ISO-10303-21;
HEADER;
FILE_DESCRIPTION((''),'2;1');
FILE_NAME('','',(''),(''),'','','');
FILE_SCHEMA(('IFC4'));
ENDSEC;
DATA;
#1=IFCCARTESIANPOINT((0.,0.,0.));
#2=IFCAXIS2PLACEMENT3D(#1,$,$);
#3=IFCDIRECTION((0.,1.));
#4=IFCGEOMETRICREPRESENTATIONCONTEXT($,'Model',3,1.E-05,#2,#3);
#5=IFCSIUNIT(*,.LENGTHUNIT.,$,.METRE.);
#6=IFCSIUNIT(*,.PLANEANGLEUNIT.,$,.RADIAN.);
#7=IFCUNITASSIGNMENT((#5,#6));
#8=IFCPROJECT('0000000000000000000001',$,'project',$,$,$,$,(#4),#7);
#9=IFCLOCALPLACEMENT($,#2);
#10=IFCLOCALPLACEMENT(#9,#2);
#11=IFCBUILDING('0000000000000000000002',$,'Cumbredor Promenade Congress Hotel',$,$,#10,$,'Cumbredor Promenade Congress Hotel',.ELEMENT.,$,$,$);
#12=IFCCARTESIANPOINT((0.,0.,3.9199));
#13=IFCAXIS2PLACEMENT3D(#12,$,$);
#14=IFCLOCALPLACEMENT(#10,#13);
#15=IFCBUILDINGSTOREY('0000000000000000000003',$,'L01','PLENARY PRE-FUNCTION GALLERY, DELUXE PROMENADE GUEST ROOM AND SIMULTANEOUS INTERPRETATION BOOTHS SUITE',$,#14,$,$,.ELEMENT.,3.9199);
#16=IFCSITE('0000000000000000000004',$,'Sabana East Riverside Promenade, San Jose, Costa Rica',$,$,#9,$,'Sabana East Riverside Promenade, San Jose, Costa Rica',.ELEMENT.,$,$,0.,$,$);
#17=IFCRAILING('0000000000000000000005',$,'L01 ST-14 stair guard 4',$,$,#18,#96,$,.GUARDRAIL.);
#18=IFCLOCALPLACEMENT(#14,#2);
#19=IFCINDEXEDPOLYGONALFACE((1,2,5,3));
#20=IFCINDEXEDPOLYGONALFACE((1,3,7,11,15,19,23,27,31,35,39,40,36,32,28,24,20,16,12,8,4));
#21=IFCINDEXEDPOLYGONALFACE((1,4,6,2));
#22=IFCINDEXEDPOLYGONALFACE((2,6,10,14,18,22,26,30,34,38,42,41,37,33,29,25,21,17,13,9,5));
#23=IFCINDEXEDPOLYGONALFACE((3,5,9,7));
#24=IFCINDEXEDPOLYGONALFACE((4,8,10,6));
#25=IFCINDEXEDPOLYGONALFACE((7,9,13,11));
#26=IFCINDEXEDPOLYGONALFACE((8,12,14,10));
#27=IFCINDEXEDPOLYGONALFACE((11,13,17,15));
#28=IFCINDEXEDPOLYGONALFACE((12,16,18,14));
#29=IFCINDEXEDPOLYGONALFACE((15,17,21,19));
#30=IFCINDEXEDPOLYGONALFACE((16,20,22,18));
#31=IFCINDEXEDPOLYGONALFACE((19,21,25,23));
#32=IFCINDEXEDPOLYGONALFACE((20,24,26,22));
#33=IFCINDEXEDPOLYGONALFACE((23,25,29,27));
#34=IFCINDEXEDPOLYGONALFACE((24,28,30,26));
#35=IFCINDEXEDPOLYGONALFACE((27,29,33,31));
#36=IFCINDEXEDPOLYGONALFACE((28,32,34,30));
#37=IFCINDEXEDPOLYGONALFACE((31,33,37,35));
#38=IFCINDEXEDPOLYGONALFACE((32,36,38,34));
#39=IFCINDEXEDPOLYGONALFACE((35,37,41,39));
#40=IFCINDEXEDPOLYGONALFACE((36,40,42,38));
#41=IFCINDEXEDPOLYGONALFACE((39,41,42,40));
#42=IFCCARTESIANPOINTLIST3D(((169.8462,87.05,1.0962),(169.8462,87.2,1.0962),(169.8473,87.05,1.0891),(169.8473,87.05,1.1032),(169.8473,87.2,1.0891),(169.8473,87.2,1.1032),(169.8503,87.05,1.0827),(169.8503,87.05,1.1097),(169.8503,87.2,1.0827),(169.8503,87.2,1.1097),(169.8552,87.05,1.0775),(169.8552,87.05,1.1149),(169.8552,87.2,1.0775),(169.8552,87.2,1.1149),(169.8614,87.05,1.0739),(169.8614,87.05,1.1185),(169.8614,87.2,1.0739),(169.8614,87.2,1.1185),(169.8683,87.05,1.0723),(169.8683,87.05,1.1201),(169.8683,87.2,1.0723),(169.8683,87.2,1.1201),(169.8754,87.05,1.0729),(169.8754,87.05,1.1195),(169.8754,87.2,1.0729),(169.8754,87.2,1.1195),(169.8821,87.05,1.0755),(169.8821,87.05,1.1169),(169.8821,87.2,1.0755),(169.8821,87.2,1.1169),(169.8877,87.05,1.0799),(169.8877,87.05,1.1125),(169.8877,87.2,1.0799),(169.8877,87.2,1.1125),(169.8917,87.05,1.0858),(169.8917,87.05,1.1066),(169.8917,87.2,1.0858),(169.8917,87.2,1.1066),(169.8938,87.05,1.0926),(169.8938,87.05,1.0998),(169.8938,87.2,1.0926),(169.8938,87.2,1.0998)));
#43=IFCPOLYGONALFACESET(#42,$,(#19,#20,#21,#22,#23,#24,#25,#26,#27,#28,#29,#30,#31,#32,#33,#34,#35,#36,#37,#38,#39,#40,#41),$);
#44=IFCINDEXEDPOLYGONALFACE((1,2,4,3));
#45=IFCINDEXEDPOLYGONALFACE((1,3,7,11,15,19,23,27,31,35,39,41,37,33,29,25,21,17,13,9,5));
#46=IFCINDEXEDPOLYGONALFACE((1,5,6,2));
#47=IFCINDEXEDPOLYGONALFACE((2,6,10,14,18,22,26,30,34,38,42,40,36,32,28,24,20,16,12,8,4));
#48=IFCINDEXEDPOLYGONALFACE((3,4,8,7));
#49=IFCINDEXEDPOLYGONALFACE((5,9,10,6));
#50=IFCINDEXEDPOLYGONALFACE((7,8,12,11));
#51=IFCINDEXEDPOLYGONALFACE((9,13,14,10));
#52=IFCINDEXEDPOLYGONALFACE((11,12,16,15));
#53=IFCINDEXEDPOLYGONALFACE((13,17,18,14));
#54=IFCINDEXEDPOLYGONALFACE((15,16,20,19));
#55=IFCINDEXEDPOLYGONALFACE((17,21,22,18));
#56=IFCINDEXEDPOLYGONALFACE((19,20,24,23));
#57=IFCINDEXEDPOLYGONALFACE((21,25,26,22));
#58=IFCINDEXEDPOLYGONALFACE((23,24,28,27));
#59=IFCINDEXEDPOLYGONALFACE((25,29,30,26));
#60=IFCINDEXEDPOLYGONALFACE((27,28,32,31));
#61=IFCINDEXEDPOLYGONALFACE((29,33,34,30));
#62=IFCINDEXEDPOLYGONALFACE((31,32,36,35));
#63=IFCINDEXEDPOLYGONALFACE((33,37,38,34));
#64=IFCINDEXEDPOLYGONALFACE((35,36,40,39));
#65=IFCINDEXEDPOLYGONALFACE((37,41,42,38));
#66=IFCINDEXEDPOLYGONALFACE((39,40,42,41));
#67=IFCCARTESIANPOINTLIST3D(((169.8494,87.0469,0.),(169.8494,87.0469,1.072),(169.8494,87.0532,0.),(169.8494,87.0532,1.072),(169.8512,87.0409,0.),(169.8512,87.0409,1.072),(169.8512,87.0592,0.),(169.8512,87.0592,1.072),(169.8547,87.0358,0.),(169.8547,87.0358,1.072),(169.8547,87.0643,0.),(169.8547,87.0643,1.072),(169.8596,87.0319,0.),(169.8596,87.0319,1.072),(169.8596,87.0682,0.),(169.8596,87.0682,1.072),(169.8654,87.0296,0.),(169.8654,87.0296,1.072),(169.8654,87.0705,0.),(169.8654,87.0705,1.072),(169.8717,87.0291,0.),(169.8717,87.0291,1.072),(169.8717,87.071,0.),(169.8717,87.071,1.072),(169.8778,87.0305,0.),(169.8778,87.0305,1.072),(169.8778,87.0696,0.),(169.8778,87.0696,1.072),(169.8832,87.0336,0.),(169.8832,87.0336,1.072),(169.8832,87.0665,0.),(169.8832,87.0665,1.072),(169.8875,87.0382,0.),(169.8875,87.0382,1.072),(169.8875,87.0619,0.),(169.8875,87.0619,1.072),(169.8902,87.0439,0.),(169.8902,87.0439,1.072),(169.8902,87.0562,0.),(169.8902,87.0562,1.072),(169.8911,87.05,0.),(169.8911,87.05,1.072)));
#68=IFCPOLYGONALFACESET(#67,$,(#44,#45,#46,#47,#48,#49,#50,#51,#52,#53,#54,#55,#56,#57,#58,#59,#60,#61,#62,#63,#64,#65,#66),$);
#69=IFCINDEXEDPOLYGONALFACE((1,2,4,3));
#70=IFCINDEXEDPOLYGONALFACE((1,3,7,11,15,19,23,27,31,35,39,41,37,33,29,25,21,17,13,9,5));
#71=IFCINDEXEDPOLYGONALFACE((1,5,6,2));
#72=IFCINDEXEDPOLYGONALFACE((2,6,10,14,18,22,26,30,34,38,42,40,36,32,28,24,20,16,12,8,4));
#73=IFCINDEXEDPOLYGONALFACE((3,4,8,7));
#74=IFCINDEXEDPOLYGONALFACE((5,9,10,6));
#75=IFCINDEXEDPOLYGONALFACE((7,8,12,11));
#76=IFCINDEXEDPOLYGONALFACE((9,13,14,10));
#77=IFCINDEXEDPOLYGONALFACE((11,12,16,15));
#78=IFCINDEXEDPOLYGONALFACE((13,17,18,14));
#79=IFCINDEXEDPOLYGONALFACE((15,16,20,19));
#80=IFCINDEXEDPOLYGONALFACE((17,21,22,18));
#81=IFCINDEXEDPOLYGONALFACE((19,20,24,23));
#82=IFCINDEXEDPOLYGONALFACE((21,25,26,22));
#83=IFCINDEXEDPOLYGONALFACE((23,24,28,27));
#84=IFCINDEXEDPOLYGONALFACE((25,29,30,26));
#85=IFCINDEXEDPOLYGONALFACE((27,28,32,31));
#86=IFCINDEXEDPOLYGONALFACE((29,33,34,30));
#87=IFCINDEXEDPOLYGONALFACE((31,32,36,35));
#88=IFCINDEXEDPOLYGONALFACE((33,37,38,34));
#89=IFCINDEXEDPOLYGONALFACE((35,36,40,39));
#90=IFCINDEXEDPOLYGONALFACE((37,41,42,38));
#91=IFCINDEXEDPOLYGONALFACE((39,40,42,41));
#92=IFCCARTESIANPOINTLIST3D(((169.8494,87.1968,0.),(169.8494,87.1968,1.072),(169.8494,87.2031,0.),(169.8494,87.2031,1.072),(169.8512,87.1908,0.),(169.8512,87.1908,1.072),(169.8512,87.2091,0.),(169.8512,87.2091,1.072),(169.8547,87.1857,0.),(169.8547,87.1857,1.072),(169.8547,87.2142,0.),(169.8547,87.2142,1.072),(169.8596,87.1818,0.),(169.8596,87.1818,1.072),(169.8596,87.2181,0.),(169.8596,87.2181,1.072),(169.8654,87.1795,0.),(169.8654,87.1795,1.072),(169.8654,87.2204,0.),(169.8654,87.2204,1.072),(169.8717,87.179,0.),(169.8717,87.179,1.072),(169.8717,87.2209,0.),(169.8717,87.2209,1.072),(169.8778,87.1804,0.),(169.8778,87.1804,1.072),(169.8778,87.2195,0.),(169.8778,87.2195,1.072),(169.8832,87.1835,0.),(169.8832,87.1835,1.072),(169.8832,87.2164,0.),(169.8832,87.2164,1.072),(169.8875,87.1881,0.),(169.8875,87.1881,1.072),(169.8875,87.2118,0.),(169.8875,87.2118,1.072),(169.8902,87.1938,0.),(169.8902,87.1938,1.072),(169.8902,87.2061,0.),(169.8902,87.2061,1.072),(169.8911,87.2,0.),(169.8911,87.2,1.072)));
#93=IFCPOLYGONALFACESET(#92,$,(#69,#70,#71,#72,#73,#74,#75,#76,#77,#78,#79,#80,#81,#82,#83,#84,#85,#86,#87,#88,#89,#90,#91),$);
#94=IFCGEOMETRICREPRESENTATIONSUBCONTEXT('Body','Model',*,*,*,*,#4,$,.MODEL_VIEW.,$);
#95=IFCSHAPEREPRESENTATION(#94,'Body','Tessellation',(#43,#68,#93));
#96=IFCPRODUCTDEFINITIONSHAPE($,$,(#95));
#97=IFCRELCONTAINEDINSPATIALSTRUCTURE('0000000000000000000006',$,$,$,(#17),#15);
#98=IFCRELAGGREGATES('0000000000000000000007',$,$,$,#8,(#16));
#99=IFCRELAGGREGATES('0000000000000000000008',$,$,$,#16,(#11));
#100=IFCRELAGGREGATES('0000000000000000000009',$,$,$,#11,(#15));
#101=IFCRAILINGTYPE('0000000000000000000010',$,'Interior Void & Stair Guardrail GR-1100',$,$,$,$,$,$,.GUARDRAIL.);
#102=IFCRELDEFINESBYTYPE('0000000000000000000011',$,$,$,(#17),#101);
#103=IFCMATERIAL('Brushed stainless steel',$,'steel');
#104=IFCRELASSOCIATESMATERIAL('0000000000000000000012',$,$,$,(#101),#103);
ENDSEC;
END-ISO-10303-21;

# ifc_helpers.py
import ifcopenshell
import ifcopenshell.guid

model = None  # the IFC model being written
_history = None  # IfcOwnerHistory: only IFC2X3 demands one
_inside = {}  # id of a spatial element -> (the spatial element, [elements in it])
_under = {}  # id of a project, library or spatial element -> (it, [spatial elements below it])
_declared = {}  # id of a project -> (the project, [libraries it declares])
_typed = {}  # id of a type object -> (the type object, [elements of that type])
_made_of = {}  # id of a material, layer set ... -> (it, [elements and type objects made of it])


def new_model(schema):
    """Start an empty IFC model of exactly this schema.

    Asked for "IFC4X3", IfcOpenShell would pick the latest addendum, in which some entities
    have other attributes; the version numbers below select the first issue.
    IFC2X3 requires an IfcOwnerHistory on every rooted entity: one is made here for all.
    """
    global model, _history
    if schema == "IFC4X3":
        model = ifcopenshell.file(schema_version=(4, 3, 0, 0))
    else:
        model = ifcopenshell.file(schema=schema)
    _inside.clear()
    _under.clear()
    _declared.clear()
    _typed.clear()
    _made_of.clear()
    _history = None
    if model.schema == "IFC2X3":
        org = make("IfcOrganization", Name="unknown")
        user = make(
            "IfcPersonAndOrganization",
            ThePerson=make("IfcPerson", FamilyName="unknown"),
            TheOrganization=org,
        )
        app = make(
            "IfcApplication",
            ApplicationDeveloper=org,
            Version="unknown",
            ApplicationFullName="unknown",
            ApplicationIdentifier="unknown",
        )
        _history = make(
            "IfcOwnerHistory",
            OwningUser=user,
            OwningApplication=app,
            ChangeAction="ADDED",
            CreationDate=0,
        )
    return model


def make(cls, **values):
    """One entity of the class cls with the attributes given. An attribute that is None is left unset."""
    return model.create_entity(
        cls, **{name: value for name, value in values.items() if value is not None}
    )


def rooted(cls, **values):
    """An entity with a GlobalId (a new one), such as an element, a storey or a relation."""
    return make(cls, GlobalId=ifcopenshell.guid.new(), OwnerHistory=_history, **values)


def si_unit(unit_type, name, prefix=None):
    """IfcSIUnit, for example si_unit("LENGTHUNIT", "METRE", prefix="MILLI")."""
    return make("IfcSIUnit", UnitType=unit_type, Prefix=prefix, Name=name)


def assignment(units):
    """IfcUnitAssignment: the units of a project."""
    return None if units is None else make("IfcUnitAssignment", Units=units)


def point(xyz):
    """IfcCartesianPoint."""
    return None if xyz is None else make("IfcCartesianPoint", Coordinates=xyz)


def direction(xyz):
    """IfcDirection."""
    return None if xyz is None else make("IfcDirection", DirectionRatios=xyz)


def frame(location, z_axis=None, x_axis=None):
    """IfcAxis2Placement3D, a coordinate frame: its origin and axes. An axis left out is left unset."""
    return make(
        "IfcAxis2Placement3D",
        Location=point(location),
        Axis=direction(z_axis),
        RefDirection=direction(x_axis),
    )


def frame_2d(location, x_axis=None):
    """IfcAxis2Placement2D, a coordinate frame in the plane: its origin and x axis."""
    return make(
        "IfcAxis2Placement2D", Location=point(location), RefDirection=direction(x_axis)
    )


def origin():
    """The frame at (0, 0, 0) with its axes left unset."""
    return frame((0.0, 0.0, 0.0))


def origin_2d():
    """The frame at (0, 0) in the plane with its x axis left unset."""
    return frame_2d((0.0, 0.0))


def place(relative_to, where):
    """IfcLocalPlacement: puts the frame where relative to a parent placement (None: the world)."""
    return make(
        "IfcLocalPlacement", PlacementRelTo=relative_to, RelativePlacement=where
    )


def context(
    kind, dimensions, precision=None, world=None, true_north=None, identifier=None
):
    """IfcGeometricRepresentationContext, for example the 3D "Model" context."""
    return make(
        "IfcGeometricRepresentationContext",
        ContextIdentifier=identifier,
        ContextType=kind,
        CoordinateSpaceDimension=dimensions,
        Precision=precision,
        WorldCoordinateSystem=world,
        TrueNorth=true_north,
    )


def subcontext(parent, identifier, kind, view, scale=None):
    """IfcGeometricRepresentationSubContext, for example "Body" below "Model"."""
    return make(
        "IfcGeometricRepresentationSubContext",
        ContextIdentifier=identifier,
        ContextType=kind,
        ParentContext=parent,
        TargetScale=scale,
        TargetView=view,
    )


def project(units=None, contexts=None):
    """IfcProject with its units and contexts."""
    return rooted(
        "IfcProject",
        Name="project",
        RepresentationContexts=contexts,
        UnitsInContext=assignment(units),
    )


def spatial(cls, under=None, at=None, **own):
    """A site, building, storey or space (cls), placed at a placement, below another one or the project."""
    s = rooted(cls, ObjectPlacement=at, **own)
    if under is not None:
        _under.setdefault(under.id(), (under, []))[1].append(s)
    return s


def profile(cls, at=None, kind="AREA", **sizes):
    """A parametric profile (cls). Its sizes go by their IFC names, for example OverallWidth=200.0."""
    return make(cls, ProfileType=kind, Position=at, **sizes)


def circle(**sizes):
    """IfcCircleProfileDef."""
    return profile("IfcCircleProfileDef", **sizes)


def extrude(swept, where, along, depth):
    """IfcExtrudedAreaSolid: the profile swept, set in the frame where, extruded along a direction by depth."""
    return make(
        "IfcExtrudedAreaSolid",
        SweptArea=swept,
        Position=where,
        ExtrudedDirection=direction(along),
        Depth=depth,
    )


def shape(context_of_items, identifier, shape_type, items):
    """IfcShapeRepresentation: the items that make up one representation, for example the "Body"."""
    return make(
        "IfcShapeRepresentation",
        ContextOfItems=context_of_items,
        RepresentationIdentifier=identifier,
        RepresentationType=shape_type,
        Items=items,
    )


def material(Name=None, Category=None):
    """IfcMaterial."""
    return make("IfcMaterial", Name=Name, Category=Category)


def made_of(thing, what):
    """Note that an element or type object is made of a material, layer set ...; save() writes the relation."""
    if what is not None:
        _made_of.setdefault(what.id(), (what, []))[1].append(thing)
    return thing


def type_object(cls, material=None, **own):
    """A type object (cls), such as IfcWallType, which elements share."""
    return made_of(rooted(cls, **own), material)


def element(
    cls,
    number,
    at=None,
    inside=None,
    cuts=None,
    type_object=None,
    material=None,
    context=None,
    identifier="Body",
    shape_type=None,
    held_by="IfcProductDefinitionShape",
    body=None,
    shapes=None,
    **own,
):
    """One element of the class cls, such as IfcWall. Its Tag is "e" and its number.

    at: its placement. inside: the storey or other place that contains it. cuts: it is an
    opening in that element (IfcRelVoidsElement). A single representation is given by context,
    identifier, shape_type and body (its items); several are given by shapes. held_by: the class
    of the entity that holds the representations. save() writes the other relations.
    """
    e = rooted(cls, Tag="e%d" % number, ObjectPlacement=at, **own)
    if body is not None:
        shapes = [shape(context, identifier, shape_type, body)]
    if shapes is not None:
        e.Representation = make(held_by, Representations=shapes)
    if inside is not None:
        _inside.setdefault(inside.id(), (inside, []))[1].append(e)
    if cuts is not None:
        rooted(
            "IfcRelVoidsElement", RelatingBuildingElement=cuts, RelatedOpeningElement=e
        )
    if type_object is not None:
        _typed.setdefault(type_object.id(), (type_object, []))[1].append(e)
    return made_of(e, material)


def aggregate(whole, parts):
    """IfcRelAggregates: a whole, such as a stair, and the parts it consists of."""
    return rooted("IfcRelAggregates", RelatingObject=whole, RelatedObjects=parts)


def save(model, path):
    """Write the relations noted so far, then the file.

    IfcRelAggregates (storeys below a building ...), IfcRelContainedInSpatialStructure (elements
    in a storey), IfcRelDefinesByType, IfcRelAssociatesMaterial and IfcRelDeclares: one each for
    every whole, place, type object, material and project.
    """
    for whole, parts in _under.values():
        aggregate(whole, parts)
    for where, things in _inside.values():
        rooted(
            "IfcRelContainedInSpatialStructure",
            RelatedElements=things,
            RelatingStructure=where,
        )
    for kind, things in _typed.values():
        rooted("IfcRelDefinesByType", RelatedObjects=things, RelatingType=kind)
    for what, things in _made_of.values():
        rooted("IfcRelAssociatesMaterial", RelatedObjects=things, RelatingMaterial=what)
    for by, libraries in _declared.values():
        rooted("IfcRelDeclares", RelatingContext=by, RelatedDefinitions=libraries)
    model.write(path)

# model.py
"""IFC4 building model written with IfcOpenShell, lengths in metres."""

from ifc_helpers import new_model, si_unit, direction, frame, origin, origin_2d, place, context, subcontext, project, spatial, circle, extrude, material, type_object, element, save


model = new_model("IFC4")

# Units and contexts
model_context = context("Model", 3, precision=1e-05, world=origin(), true_north=direction((0.0, 1.0)))
body_context = subcontext(model_context, "Body", "Model", "MODEL_VIEW")
ifc_project = project(units=[si_unit("LENGTHUNIT", "METRE"), si_unit("PLANEANGLEUNIT", "RADIAN")], contexts=[model_context])

# Site, building, storey
site_placement = place(None, origin())
site = spatial("IfcSite", under=ifc_project, at=site_placement, Name="Sabana East Riverside Promenade, San Jose, Costa Rica", LongName="Sabana East Riverside Promenade, San Jose, Costa Rica", CompositionType="ELEMENT", RefElevation=0.0)
building_placement = place(site_placement, origin())
building = spatial("IfcBuilding", under=site, at=building_placement, Name="Cumbredor Promenade Congress Hotel", LongName="Cumbredor Promenade Congress Hotel", CompositionType="ELEMENT")
storey_placement = place(building_placement, frame((0.0, 0.0, 3.9199)))
storey = spatial("IfcBuildingStorey", under=building, at=storey_placement, Name="L01", Description="PLENARY PRE-FUNCTION GALLERY, DELUXE PROMENADE GUEST ROOM AND SIMULTANEOUS INTERPRETATION BOOTHS SUITE", CompositionType="ELEMENT", Elevation=3.9199)

# Railing
ifc_material_1 = material(Name="Brushed stainless steel", Category="steel")
railing_type_1 = type_object("IfcRailingType", Name="Interior Void & Stair Guardrail GR-1100", PredefinedType="GUARDRAIL", material=ifc_material_1)
railing_1_placement = place(storey_placement, frame((169.8701, 87.05, 0.0)))
element("IfcRailing", 1, at=railing_1_placement, inside=storey, type_object=railing_type_1, Name="L01 ST-14 stair guard 4", PredefinedType="GUARDRAIL", context=body_context, shape_type="SweptSolid", body=[
    extrude(circle(Radius=0.0239, at=origin_2d()), frame((0.0, 0.0, 1.0962), z_axis=(0.0, 1.0, 0.0), x_axis=(-1.0, 0.0, 0.0)), (0.0, 0.0, 1.0), 0.1499),
    extrude(circle(Radius=0.021, at=origin_2d()), origin(), (0.0, 0.0, 1.0), 1.072),
    extrude(circle(Radius=0.021, at=origin_2d()), frame((0.0, 0.1499, 0.0)), (0.0, 0.0, 1.0), 1.072),
])

save(model, "model.ifc")
